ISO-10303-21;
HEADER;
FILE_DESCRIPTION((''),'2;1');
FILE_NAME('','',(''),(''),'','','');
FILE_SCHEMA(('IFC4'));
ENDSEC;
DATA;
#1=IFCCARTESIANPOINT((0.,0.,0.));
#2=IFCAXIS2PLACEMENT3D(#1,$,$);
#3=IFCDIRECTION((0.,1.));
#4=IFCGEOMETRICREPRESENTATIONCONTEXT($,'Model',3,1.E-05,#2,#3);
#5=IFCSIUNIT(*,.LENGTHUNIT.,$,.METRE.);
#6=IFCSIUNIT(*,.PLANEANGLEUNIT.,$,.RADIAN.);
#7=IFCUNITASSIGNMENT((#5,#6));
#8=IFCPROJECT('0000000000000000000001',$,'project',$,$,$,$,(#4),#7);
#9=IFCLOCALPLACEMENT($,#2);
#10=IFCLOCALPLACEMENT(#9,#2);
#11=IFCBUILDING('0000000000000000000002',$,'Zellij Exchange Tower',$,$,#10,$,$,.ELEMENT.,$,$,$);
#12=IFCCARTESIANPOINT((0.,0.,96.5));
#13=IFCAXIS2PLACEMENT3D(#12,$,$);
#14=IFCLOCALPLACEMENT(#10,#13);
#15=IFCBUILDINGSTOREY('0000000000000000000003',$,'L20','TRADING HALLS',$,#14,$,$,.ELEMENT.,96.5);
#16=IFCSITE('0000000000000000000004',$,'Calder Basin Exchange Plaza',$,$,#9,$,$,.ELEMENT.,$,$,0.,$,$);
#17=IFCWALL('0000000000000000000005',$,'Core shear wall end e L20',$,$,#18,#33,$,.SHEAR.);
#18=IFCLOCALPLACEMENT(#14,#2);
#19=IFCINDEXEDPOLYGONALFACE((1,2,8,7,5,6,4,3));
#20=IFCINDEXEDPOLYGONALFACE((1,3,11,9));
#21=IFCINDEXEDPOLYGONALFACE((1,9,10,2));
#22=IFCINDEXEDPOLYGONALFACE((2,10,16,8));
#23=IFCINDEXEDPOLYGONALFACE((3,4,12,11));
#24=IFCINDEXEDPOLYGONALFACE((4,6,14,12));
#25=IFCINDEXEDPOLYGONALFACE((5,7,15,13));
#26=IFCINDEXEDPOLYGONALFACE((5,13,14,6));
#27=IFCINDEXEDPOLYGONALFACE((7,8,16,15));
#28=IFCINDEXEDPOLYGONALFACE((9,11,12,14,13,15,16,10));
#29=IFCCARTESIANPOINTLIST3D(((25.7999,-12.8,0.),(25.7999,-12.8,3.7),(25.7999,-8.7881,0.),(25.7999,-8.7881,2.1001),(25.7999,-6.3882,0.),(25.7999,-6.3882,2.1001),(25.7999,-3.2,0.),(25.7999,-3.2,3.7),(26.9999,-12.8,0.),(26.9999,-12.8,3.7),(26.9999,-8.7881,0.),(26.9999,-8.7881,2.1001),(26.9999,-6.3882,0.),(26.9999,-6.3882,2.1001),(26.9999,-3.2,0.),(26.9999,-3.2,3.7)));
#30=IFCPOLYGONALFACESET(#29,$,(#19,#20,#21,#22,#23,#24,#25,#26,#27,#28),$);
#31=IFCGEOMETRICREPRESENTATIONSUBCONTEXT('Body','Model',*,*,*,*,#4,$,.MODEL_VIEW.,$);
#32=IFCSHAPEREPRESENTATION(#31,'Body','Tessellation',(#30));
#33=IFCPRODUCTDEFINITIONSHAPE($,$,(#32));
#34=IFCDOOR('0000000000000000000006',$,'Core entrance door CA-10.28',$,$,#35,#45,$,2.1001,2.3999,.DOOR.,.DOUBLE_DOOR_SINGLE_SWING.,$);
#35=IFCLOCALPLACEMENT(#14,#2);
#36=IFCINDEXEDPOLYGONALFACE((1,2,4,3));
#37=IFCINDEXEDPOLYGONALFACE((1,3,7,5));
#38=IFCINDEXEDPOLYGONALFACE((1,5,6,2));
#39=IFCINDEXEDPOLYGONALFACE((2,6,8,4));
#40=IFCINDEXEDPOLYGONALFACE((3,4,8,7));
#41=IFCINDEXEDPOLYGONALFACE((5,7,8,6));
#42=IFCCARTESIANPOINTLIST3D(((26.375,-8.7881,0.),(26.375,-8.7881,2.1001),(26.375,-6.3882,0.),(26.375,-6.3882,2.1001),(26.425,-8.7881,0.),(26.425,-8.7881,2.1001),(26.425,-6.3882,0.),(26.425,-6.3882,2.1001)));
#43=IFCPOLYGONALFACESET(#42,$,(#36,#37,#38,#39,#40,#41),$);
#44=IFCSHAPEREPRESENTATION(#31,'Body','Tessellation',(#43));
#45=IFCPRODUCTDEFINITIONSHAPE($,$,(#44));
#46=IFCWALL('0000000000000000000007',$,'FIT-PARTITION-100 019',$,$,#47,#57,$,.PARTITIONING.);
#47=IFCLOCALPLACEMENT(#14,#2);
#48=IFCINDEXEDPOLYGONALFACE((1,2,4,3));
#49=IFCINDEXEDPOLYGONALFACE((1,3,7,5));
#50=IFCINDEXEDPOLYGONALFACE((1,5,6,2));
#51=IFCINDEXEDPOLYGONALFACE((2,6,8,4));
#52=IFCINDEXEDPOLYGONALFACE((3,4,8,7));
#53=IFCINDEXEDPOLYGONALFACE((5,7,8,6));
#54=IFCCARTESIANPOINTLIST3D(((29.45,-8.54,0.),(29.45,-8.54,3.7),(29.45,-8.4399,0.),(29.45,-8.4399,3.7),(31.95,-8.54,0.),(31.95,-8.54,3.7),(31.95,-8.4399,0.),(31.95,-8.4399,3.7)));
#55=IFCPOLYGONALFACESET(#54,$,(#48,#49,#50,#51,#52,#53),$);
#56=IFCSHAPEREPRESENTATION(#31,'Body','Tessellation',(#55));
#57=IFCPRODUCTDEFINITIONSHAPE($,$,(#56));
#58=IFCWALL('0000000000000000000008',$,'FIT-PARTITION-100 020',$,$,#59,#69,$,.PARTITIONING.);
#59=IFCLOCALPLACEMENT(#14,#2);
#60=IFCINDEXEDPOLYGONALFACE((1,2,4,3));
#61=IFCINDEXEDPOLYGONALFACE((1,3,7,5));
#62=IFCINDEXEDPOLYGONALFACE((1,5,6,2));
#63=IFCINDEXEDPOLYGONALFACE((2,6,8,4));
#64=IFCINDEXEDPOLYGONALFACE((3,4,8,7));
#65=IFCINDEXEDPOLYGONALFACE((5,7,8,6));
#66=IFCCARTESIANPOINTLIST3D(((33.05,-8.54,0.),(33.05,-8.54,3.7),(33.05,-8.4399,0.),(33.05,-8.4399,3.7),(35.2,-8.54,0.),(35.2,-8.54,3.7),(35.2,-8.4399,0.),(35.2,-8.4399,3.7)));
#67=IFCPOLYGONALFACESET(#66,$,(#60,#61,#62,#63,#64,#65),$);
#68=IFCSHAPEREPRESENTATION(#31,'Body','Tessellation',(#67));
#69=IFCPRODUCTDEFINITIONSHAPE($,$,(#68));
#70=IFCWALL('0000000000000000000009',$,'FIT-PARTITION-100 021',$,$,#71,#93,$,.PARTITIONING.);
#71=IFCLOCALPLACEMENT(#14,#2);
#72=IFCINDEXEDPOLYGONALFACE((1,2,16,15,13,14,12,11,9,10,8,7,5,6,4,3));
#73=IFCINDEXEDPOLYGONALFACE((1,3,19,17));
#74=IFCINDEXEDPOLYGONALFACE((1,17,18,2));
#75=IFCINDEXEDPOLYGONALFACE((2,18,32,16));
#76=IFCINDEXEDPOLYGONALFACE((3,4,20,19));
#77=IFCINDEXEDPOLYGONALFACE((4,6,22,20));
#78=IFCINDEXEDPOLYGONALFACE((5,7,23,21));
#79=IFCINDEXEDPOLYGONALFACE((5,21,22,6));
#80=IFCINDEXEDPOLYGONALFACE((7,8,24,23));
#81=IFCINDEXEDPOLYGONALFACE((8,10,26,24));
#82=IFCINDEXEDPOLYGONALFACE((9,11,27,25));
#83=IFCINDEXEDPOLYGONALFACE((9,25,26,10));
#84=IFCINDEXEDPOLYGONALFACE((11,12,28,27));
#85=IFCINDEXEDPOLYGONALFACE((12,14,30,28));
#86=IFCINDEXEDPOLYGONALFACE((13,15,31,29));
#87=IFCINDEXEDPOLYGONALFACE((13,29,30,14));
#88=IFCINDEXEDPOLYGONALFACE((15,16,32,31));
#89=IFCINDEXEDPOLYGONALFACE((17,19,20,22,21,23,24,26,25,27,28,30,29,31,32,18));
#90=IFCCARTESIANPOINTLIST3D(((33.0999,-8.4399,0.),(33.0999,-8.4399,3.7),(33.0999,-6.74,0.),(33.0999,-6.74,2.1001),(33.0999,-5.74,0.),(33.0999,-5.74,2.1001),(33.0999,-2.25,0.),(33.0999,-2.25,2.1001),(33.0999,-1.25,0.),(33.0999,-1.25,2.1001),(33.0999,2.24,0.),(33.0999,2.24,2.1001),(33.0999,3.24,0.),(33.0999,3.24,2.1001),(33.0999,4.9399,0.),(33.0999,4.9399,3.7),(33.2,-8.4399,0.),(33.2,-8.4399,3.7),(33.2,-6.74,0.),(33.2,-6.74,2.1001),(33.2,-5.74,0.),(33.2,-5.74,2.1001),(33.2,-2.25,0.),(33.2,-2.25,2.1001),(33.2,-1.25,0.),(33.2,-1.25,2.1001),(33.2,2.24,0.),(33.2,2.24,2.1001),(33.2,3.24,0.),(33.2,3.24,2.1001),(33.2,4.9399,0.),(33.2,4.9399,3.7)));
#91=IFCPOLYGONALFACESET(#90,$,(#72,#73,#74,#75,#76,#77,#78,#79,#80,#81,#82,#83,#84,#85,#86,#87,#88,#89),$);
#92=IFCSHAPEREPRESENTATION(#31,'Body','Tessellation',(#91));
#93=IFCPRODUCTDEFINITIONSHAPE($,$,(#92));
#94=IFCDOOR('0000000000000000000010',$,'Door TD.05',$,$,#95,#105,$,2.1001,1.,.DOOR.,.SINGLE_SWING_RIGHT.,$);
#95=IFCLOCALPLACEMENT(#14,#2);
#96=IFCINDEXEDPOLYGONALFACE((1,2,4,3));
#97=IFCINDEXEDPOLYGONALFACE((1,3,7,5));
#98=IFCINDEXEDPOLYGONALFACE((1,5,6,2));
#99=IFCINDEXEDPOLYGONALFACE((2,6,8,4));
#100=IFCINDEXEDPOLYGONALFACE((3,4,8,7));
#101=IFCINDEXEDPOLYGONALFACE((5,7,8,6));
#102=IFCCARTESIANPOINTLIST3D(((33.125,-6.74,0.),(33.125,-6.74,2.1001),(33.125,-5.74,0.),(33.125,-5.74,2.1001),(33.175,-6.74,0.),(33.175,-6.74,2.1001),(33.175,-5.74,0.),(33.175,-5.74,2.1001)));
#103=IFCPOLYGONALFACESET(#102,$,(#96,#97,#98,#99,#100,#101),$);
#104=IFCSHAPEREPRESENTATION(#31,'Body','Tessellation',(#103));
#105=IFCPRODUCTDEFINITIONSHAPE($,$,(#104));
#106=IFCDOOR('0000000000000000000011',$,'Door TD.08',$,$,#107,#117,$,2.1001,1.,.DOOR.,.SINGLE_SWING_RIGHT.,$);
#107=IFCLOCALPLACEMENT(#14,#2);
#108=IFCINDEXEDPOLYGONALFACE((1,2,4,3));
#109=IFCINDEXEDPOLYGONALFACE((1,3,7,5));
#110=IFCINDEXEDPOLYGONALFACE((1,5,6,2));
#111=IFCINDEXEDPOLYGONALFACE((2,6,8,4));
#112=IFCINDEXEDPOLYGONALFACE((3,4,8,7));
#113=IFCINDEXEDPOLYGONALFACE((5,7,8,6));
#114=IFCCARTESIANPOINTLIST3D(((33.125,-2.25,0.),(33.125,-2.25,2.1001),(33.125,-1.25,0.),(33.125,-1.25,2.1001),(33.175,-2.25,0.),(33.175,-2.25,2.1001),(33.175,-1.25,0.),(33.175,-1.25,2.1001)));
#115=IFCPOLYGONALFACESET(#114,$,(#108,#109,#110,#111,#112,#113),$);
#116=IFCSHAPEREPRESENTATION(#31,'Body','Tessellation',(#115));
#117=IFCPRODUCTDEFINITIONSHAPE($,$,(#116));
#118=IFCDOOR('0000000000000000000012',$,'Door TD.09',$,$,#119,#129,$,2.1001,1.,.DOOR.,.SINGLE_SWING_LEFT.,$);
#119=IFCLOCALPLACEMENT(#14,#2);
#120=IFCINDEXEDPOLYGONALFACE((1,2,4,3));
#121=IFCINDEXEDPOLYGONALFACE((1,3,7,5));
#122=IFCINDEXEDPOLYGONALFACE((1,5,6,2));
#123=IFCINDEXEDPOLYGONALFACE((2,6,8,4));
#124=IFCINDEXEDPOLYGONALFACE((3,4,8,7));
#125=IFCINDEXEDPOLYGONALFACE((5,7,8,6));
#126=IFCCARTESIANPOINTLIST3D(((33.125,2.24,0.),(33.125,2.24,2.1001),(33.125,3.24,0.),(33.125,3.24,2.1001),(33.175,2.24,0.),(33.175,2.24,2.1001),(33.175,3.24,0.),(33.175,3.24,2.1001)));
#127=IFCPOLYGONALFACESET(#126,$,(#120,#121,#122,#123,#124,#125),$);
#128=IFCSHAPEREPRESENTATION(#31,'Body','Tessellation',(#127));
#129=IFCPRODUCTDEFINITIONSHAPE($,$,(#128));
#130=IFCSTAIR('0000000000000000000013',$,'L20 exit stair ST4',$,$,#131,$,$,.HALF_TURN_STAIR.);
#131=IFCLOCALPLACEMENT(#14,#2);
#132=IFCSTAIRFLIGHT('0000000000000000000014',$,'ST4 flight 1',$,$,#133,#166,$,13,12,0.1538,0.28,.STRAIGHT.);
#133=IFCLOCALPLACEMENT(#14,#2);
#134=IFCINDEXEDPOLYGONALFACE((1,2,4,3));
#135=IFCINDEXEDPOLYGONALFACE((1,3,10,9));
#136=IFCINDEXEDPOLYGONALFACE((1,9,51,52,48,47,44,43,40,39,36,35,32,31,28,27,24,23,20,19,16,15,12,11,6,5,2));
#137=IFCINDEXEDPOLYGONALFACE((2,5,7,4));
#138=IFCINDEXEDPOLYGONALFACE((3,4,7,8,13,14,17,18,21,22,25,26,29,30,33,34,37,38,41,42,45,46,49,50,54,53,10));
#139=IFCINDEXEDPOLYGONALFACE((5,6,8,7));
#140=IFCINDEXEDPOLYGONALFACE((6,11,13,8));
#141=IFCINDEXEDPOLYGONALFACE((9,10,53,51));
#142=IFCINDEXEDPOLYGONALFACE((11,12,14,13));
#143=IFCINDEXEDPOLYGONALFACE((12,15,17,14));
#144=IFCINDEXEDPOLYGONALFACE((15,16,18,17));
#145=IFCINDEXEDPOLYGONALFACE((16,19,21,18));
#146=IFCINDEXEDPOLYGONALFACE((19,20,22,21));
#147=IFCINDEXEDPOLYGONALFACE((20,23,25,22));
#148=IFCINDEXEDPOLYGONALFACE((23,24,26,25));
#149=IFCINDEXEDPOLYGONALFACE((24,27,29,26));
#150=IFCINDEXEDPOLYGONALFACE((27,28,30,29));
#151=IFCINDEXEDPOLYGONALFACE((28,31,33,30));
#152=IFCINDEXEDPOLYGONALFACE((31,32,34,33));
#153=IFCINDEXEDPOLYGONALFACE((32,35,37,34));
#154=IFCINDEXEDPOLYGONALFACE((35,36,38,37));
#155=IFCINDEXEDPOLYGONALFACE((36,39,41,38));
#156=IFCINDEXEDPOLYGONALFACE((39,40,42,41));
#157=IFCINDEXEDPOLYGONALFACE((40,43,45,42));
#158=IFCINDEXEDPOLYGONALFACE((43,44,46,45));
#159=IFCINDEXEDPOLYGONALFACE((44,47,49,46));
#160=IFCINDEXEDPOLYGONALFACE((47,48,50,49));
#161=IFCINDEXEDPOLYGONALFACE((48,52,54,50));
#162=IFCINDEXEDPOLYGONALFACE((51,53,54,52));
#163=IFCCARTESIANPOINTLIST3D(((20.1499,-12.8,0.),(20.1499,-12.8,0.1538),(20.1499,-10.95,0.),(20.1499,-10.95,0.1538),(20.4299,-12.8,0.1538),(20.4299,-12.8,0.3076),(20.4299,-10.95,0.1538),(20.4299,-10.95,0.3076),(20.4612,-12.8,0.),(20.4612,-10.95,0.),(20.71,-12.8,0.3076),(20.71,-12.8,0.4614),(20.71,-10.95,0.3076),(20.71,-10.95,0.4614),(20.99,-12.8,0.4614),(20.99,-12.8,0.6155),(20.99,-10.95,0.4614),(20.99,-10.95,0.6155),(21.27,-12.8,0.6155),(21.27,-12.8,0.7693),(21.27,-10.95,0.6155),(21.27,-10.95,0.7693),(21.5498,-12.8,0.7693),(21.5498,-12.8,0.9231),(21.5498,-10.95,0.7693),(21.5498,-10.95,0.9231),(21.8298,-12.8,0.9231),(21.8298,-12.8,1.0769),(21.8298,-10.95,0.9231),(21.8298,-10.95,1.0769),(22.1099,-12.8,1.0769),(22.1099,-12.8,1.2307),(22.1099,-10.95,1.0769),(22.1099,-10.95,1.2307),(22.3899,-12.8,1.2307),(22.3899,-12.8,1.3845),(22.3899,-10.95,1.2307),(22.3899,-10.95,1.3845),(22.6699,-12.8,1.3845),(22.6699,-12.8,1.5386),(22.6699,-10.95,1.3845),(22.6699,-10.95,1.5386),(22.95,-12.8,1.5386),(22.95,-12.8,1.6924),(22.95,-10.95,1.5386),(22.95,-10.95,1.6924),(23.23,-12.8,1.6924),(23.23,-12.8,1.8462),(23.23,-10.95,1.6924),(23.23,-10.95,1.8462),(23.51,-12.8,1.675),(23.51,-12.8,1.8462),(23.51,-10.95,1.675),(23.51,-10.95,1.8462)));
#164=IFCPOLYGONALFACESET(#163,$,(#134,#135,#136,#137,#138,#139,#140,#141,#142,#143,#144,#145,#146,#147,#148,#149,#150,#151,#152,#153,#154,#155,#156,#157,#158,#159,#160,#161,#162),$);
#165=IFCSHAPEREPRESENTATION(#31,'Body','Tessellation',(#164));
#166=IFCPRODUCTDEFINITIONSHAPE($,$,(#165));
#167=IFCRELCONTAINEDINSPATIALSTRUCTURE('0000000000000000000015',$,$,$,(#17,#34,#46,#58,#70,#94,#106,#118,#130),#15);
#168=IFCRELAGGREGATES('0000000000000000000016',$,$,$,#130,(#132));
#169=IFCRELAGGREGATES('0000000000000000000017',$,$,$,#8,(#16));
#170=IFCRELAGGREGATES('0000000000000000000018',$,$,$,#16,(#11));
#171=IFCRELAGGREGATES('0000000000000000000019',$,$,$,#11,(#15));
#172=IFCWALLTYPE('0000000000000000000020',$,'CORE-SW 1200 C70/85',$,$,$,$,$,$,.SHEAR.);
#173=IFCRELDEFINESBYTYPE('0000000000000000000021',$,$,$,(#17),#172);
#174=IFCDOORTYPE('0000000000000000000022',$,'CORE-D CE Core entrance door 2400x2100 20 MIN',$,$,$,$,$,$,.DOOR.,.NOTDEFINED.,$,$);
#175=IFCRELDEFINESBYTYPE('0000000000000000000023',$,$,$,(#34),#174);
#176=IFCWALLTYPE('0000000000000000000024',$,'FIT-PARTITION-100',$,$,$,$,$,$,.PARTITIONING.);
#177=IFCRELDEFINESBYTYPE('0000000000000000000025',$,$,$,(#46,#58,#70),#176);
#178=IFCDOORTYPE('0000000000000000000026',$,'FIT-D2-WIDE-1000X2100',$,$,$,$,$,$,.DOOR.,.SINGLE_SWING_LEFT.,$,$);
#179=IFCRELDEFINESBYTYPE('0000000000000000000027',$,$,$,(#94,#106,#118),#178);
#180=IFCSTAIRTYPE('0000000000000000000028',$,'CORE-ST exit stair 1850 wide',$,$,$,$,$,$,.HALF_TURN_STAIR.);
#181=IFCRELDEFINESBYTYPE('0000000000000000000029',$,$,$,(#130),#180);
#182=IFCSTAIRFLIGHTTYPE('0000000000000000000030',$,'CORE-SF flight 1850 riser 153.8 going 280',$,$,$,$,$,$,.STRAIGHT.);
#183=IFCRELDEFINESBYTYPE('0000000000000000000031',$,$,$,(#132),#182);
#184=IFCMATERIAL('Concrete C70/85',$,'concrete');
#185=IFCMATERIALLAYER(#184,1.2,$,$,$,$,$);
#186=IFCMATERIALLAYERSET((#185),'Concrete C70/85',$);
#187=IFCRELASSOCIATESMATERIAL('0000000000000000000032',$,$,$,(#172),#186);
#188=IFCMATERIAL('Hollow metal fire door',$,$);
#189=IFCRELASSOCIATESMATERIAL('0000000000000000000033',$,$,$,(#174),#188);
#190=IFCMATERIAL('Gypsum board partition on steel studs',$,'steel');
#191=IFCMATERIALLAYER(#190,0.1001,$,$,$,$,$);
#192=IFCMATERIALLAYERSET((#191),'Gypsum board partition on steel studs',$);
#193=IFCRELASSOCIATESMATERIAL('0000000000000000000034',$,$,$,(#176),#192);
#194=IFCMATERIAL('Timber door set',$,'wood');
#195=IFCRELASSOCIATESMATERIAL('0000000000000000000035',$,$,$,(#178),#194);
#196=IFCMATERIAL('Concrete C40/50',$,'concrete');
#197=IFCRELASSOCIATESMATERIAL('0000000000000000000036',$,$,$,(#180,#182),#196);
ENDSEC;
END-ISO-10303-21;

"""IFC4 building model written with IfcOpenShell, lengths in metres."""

from ifc_helpers import new_model, si_unit, direction, frame, frame_2d, origin, place, context, subcontext, project, spatial, polyline, rectangle, outline, extrude, material, layer, layer_set, type_object, element, fill, aggregate, save


model = new_model("IFC4")

# Units and contexts
model_context = context("Model", 3, precision=1e-05, world=origin(), true_north=direction((0.0, 1.0)))
body_context = subcontext(model_context, "Body", "Model", "MODEL_VIEW")
ifc_project = project(units=[si_unit("LENGTHUNIT", "METRE"), si_unit("PLANEANGLEUNIT", "RADIAN")], contexts=[model_context])

# Site, building, storey
site_placement = place(None, origin())
site = spatial("IfcSite", under=ifc_project, at=site_placement, Name="Calder Basin Exchange Plaza", CompositionType="ELEMENT", RefElevation=0.0)
building_placement = place(site_placement, origin())
building = spatial("IfcBuilding", under=site, at=building_placement, Name="Zellij Exchange Tower", CompositionType="ELEMENT")
storey_placement = place(building_placement, frame((0.0, 0.0, 96.5)))
storey = spatial("IfcBuildingStorey", under=building, at=storey_placement, Name="L20", Description="TRADING HALLS", CompositionType="ELEMENT", Elevation=96.5)

# Shared definitions
ifc_material_1 = material(Name="Concrete C70/85", Category="concrete")

# Wall, opening, door
ifc_layer_1 = layer(ifc_material_1, 1.2)
ifc_layer_set_1 = layer_set([ifc_layer_1], Name="Concrete C70/85")
wall_type_1 = type_object("IfcWallType", Name="CORE-SW 1200 C70/85", PredefinedType="SHEAR", material=ifc_layer_set_1)
wall_1_placement = place(storey_placement, frame((26.3999, -12.8, 0.0), z_axis=(0.0, 0.0, 1.0), x_axis=(0.0, 1.0, 0.0)))
wall_1 = element("IfcWall", 1, at=wall_1_placement, inside=storey, type_object=wall_type_1, Name="Core shear wall end e L20", PredefinedType="SHEAR", context=body_context, shape_type="SweptSolid", body=[
    extrude(rectangle(XDim=9.6001, YDim=1.2, at=frame_2d((4.8, 0.0))), origin(), (0.0, 0.0, 1.0), 3.7),
])
opening_1_placement = place(wall_1_placement, frame((4.012, 0.0, 0.0)))
opening_1 = element("IfcOpeningElement", 2, at=opening_1_placement, cuts=wall_1, PredefinedType="OPENING", context=body_context, shape_type="SweptSolid", body=[
    extrude(rectangle(XDim=2.3999, YDim=2.1001, at=frame_2d((1.2, 1.05))), frame((0.0, 0.6118, 0.0), z_axis=(0.0, -1.0, 0.0), x_axis=(1.0, 0.0, 0.0)), (0.0, 0.0, 1.0), 1.2239),
])
ifc_material_2 = material(Name="Hollow metal fire door")
door_type_1 = type_object("IfcDoorType", Name="CORE-D CE Core entrance door 2400x2100 20 MIN", OperationType="NOTDEFINED", PredefinedType="DOOR", material=ifc_material_2)
door_1_placement = place(opening_1_placement, origin())
door_1 = element("IfcDoor", 3, at=door_1_placement, inside=storey, type_object=door_type_1, Name="Core entrance door CA-10.28", OperationType="DOUBLE_DOOR_SINGLE_SWING", OverallHeight=2.1001, OverallWidth=2.3999, PredefinedType="DOOR", context=body_context, shape_type="SweptSolid", body=[
    extrude(rectangle(XDim=2.3999, YDim=2.1001, at=frame_2d((1.2, 1.05))), frame((0.0, 0.0249, 0.0), z_axis=(0.0, -1.0, 0.0), x_axis=(1.0, 0.0, 0.0)), (0.0, 0.0, 1.0), 0.05),
])
fill(opening_1, door_1)

# Walls
ifc_material_3 = material(Name="Gypsum board partition on steel studs", Category="steel")
ifc_layer_2 = layer(ifc_material_3, 0.1001)
ifc_layer_set_2 = layer_set([ifc_layer_2], Name="Gypsum board partition on steel studs")
wall_type_2 = type_object("IfcWallType", Name="FIT-PARTITION-100", PredefinedType="PARTITIONING", material=ifc_layer_set_2)
wall_2_placement = place(storey_placement, frame((29.45, -8.49, 0.0), z_axis=(0.0, 0.0, 1.0), x_axis=(1.0, 0.0, 0.0)))
element("IfcWall", 4, at=wall_2_placement, inside=storey, type_object=wall_type_2, Name="FIT-PARTITION-100 019", PredefinedType="PARTITIONING", context=body_context, shape_type="SweptSolid", body=[
    extrude(rectangle(XDim=2.5, YDim=0.1001, at=frame_2d((1.25, 0.0))), origin(), (0.0, 0.0, 1.0), 3.7),
])
wall_3_placement = place(storey_placement, frame((33.05, -8.49, 0.0), z_axis=(0.0, 0.0, 1.0), x_axis=(1.0, 0.0, 0.0)))
element("IfcWall", 5, at=wall_3_placement, inside=storey, type_object=wall_type_2, Name="FIT-PARTITION-100 020", PredefinedType="PARTITIONING", context=body_context, shape_type="SweptSolid", body=[
    extrude(rectangle(XDim=2.1499, YDim=0.1001, at=frame_2d((1.075, 0.0))), origin(), (0.0, 0.0, 1.0), 3.7),
])

# Wall, openings, doors
wall_4_placement = place(storey_placement, frame((33.1499, -8.4399, 0.0), z_axis=(0.0, 0.0, 1.0), x_axis=(0.0, 1.0, 0.0)))
wall_4 = element("IfcWall", 6, at=wall_4_placement, inside=storey, type_object=wall_type_2, Name="FIT-PARTITION-100 021", PredefinedType="PARTITIONING", context=body_context, shape_type="SweptSolid", body=[
    extrude(rectangle(XDim=13.3799, YDim=0.1001, at=frame_2d((6.6899, 0.0))), origin(), (0.0, 0.0, 1.0), 3.7),
])
opening_2_placement = place(wall_4_placement, frame((1.7, 0.0, 0.0)))
opening_2 = element("IfcOpeningElement", 7, at=opening_2_placement, cuts=wall_4, PredefinedType="OPENING", context=body_context, shape_type="SweptSolid", body=[
    extrude(rectangle(XDim=1.0, YDim=2.1001, at=frame_2d((0.5, 1.05))), frame((0.0, 0.062, 0.0), z_axis=(0.0, -1.0, 0.0), x_axis=(1.0, 0.0, 0.0)), (0.0, 0.0, 1.0), 0.124),
])
opening_3_placement = place(wall_4_placement, frame((6.1899, 0.0, 0.0)))
opening_3 = element("IfcOpeningElement", 8, at=opening_3_placement, cuts=wall_4, PredefinedType="OPENING", context=body_context, shape_type="SweptSolid", body=[
    extrude(rectangle(XDim=1.0, YDim=2.1001, at=frame_2d((0.5, 1.05))), frame((0.0, 0.062, 0.0), z_axis=(0.0, -1.0, 0.0), x_axis=(1.0, 0.0, 0.0)), (0.0, 0.0, 1.0), 0.124),
])
opening_4_placement = place(wall_4_placement, frame((10.6799, 0.0, 0.0)))
opening_4 = element("IfcOpeningElement", 9, at=opening_4_placement, cuts=wall_4, PredefinedType="OPENING", context=body_context, shape_type="SweptSolid", body=[
    extrude(rectangle(XDim=1.0, YDim=2.1001, at=frame_2d((0.5, 1.05))), frame((0.0, 0.062, 0.0), z_axis=(0.0, -1.0, 0.0), x_axis=(1.0, 0.0, 0.0)), (0.0, 0.0, 1.0), 0.124),
])
ifc_material_4 = material(Name="Timber door set", Category="wood")
door_type_2 = type_object("IfcDoorType", Name="FIT-D2-WIDE-1000X2100", OperationType="SINGLE_SWING_LEFT", PredefinedType="DOOR", material=ifc_material_4)
door_2_placement = place(opening_2_placement, origin())
door_2 = element("IfcDoor", 10, at=door_2_placement, inside=storey, type_object=door_type_2, Name="Door TD.05", OperationType="SINGLE_SWING_RIGHT", OverallHeight=2.1001, OverallWidth=1.0, PredefinedType="DOOR", context=body_context, shape_type="SweptSolid", body=[
    extrude(rectangle(XDim=1.0, YDim=2.1001, at=frame_2d((0.5, 1.05))), frame((0.0, 0.0249, 0.0), z_axis=(0.0, -1.0, 0.0), x_axis=(1.0, 0.0, 0.0)), (0.0, 0.0, 1.0), 0.05),
])
fill(opening_2, door_2)
door_3_placement = place(opening_3_placement, origin())
door_3 = element("IfcDoor", 11, at=door_3_placement, inside=storey, type_object=door_type_2, Name="Door TD.08", OperationType="SINGLE_SWING_RIGHT", OverallHeight=2.1001, OverallWidth=1.0, PredefinedType="DOOR", context=body_context, shape_type="SweptSolid", body=[
    extrude(rectangle(XDim=1.0, YDim=2.1001, at=frame_2d((0.5, 1.05))), frame((0.0, 0.0249, 0.0), z_axis=(0.0, -1.0, 0.0), x_axis=(1.0, 0.0, 0.0)), (0.0, 0.0, 1.0), 0.05),
])
fill(opening_3, door_3)
door_4_placement = place(opening_4_placement, origin())
door_4 = element("IfcDoor", 12, at=door_4_placement, inside=storey, type_object=door_type_2, Name="Door TD.09", OperationType="SINGLE_SWING_LEFT", OverallHeight=2.1001, OverallWidth=1.0, PredefinedType="DOOR", context=body_context, shape_type="SweptSolid", body=[
    extrude(rectangle(XDim=1.0, YDim=2.1001, at=frame_2d((0.5, 1.05))), frame((0.0, 0.0249, 0.0), z_axis=(0.0, -1.0, 0.0), x_axis=(1.0, 0.0, 0.0)), (0.0, 0.0, 1.0), 0.05),
])
fill(opening_4, door_4)

# Stair, stair flight
ifc_material_5 = material(Name="Concrete C40/50", Category="concrete")
stair_type = type_object("IfcStairType", Name="CORE-ST exit stair 1850 wide", PredefinedType="HALF_TURN_STAIR", material=ifc_material_5)
stair_placement = place(storey_placement, origin())
stair = element("IfcStair", 13, at=stair_placement, inside=storey, type_object=stair_type, Name="L20 exit stair ST4", PredefinedType="HALF_TURN_STAIR")
stair_flight_type = type_object("IfcStairFlightType", Name="CORE-SF flight 1850 riser 153.8 going 280", PredefinedType="STRAIGHT", material=ifc_material_5)
stair_flight_1_placement = place(storey_placement, frame((20.1499, -11.875, 0.0), z_axis=(0.0, 0.0, 1.0), x_axis=(1.0, 0.0, 0.0)))
stair_flight_1 = element("IfcStairFlight", 14, at=stair_flight_1_placement, type_object=stair_flight_type, Name="ST4 flight 1", NumberOfRisers=13, NumberOfTreads=12, PredefinedType="STRAIGHT", RiserHeight=0.1538, TreadLength=0.28, context=body_context, shape_type="SweptSolid", body=[
    extrude(outline(polyline([(0.0, 0.0), (0.0, 0.1538), (0.28, 0.1538), (0.28, 0.3076), (0.5601, 0.3076), (0.5601, 0.4614), (0.8401, 0.4614), (0.8401, 0.6155), (1.1201, 0.6155), (1.1201, 0.7693), (1.3999, 0.7693), (1.3999, 0.9231), (1.6799, 0.9231), (1.6799, 1.0769), (1.96, 1.0769), (1.96, 1.2307), (2.24, 1.2307), (2.24, 1.3845), (2.52, 1.3845), (2.52, 1.5386), (2.8, 1.5386), (2.8, 1.6924), (3.0801, 1.6924), (3.0801, 1.8462), (3.3601, 1.8462), (3.3601, 2.0), (3.3601, 1.675), (0.3113, 0.0), (0.0, 0.0)])), frame((0.0, 0.925, 0.0), z_axis=(0.0, -1.0, 0.0), x_axis=(1.0, 0.0, 0.0)), (0.0, 0.0, 1.0), 1.8501),
])
aggregate(stair, [stair_flight_1])

save(model, "model.ifc")
